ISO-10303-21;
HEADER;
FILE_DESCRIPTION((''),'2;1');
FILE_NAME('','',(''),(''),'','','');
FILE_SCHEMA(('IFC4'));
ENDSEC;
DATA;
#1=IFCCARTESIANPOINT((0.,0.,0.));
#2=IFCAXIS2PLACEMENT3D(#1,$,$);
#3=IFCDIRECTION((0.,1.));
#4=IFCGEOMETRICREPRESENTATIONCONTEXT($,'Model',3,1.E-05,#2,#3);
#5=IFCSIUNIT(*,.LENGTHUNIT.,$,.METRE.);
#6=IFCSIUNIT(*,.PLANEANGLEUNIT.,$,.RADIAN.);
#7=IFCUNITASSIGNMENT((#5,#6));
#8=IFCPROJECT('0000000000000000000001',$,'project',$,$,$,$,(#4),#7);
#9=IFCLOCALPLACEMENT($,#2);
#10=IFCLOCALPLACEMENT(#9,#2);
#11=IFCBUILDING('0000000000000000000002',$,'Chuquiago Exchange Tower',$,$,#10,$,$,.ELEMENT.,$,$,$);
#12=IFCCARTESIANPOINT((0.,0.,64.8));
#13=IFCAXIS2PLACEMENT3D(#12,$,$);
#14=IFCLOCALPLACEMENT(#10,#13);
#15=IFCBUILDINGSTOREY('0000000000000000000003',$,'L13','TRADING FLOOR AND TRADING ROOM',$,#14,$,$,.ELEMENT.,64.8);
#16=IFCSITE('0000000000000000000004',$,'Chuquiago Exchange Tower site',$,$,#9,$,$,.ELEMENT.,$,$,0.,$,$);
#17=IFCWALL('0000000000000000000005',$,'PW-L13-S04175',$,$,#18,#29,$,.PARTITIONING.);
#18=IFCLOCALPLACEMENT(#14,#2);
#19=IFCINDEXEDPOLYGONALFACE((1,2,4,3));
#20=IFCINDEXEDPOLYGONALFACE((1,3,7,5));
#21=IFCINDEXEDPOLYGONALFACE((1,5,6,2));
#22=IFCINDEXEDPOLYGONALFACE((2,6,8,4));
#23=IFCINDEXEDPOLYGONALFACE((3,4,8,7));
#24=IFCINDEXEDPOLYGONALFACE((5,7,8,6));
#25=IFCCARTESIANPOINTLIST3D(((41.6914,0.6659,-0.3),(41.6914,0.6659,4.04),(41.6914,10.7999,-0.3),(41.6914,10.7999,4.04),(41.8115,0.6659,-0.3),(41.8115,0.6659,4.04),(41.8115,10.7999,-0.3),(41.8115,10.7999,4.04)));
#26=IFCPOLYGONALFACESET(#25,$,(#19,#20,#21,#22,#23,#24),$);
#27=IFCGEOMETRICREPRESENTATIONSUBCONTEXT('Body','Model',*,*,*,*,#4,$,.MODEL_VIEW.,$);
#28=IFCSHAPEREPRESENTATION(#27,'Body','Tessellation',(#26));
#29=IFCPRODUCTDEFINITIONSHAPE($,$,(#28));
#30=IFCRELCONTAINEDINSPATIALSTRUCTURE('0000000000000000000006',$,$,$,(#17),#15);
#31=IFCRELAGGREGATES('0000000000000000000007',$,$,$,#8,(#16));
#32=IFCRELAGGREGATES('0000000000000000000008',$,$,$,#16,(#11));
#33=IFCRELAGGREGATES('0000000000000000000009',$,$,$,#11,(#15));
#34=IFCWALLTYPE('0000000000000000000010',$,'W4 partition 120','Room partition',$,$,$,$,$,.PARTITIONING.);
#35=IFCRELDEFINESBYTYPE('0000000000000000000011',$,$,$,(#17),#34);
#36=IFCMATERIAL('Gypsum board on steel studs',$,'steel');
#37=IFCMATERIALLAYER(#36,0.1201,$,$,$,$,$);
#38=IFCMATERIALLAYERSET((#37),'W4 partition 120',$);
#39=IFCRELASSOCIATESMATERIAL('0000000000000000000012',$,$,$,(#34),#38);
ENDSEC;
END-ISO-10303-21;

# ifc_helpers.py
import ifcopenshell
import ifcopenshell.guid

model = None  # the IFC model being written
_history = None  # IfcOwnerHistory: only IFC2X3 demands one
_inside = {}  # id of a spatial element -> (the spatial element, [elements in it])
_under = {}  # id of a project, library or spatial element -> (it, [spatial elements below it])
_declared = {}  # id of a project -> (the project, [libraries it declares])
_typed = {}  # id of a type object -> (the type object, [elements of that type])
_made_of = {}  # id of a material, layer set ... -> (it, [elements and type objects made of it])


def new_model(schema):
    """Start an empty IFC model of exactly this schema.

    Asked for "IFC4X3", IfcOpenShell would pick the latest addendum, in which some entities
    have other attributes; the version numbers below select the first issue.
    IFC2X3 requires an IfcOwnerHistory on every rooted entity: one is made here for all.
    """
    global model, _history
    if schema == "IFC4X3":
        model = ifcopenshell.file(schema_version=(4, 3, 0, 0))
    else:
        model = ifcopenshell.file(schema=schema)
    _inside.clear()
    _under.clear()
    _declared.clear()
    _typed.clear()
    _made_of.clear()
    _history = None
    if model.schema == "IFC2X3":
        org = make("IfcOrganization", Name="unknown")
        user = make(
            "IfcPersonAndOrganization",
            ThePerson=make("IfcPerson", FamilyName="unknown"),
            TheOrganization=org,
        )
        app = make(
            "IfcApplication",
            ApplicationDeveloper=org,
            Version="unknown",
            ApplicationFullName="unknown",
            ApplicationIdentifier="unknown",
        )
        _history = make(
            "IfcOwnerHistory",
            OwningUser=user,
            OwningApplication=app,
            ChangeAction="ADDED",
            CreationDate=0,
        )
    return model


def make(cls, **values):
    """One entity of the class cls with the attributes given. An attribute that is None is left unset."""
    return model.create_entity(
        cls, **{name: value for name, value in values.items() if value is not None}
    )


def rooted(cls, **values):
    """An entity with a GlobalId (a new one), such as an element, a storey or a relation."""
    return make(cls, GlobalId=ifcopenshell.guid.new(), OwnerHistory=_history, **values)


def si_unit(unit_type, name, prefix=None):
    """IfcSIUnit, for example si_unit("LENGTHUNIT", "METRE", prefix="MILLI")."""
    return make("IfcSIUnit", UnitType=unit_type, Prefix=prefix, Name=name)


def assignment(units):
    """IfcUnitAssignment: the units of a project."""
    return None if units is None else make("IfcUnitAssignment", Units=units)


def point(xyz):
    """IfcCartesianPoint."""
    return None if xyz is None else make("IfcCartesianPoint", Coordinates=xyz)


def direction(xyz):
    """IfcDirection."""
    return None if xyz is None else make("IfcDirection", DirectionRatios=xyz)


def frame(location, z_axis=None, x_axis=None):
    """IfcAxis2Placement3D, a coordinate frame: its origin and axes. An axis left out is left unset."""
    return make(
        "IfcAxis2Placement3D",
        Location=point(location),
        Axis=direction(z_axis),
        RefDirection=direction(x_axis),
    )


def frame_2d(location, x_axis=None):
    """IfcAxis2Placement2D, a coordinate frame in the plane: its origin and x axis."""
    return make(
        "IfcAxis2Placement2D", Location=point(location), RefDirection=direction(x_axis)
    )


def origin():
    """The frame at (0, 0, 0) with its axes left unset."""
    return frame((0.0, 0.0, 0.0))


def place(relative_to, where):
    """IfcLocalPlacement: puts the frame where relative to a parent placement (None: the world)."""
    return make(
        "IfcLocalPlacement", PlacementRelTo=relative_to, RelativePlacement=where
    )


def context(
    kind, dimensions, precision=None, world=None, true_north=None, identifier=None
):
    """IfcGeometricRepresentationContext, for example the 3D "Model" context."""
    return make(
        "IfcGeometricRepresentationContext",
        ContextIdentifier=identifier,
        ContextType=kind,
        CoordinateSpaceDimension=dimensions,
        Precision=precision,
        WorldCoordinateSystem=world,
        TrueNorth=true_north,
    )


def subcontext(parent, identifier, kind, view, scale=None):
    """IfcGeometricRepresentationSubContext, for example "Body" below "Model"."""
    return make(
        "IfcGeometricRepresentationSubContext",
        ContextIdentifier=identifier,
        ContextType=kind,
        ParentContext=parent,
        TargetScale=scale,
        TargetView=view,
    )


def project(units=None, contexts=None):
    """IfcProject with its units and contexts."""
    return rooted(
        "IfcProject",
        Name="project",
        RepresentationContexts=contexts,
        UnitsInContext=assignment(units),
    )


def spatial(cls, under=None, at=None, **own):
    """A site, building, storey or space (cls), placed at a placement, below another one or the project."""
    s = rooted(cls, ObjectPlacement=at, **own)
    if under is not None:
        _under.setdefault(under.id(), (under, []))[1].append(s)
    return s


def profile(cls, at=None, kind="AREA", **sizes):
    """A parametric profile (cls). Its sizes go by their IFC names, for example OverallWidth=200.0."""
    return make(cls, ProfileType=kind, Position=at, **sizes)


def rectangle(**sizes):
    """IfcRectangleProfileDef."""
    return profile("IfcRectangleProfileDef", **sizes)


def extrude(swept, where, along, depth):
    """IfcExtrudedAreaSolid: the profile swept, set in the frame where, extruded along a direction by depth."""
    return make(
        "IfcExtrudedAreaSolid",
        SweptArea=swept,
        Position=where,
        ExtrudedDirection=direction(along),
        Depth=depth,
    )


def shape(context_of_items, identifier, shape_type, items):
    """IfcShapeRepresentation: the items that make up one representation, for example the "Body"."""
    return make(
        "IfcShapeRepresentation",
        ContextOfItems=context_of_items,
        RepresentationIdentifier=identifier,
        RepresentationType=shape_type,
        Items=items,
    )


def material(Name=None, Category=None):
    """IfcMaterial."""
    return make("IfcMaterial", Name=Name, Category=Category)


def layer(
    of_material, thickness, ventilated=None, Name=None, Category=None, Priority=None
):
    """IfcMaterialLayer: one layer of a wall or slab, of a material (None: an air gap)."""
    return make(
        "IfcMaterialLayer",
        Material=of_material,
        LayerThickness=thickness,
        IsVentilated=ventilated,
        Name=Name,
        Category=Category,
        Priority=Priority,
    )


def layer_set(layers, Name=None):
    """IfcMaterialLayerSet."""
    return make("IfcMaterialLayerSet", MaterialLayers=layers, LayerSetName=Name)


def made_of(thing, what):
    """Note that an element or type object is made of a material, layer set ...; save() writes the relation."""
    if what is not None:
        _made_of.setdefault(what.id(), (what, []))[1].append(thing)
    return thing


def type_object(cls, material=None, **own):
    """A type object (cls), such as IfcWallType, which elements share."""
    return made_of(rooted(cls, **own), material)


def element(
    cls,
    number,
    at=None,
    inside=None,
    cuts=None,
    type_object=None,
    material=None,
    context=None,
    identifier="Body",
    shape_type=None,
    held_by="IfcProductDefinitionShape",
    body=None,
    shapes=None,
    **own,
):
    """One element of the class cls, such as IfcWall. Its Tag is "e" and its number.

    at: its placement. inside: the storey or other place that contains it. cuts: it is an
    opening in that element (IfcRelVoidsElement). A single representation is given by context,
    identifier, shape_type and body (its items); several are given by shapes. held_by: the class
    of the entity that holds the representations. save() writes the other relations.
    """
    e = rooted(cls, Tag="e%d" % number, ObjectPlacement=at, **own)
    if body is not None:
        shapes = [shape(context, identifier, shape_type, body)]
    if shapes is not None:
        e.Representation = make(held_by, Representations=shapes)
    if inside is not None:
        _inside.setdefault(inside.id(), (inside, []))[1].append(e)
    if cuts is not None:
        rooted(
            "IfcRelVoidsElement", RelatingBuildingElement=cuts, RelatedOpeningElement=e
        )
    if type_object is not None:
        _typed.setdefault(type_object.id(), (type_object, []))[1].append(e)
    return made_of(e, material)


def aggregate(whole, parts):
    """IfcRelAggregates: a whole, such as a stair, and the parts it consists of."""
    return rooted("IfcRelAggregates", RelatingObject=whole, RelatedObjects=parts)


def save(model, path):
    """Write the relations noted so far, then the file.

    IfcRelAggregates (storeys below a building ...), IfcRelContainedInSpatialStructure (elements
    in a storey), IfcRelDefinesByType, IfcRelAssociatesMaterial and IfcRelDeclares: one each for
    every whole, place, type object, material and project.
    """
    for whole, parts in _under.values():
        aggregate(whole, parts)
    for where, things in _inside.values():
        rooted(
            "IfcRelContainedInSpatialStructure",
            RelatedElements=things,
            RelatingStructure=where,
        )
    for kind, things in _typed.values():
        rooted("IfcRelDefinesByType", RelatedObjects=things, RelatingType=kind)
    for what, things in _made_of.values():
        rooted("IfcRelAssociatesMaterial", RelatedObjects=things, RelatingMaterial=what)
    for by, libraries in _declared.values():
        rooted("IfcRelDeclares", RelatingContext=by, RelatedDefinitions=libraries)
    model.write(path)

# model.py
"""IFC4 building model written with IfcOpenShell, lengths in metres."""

from ifc_helpers import new_model, si_unit, direction, frame, frame_2d, origin, place, context, subcontext, project, spatial, rectangle, extrude, material, layer, layer_set, type_object, element, save


model = new_model("IFC4")

# Units and contexts
model_context = context("Model", 3, precision=1e-05, world=origin(), true_north=direction((0.0, 1.0)))
body_context = subcontext(model_context, "Body", "Model", "MODEL_VIEW")
ifc_project = project(units=[si_unit("LENGTHUNIT", "METRE"), si_unit("PLANEANGLEUNIT", "RADIAN")], contexts=[model_context])

# Site, building, storey
site_placement = place(None, origin())
site = spatial("IfcSite", under=ifc_project, at=site_placement, Name="Chuquiago Exchange Tower site", CompositionType="ELEMENT", RefElevation=0.0)
building_placement = place(site_placement, origin())
building = spatial("IfcBuilding", under=site, at=building_placement, Name="Chuquiago Exchange Tower", CompositionType="ELEMENT")
storey_placement = place(building_placement, frame((0.0, 0.0, 64.8)))
storey = spatial("IfcBuildingStorey", under=building, at=storey_placement, Name="L13", Description="TRADING FLOOR AND TRADING ROOM", CompositionType="ELEMENT", Elevation=64.8)

# Wall
ifc_material_1 = material(Name="Gypsum board on steel studs", Category="steel")
ifc_layer_1 = layer(ifc_material_1, 0.1201)
ifc_layer_set_1 = layer_set([ifc_layer_1], Name="W4 partition 120")
wall_type = type_object("IfcWallType", Name="W4 partition 120", Description="Room partition", PredefinedType="PARTITIONING", material=ifc_layer_set_1)
wall_placement = place(storey_placement, frame((41.7515, 0.666, -0.3), z_axis=(0.0, 0.0, 1.0), x_axis=(0.0, 1.0, 0.0)))
element("IfcWall", 1, at=wall_placement, inside=storey, type_object=wall_type, Name="PW-L13-S04175", PredefinedType="PARTITIONING", context=body_context, shape_type="SweptSolid", body=[
    extrude(rectangle(XDim=10.134, YDim=0.1201, at=frame_2d((5.0669, 0.0))), origin(), (0.0, 0.0, 1.0), 4.3401),
])

save(model, "model.ifc")
